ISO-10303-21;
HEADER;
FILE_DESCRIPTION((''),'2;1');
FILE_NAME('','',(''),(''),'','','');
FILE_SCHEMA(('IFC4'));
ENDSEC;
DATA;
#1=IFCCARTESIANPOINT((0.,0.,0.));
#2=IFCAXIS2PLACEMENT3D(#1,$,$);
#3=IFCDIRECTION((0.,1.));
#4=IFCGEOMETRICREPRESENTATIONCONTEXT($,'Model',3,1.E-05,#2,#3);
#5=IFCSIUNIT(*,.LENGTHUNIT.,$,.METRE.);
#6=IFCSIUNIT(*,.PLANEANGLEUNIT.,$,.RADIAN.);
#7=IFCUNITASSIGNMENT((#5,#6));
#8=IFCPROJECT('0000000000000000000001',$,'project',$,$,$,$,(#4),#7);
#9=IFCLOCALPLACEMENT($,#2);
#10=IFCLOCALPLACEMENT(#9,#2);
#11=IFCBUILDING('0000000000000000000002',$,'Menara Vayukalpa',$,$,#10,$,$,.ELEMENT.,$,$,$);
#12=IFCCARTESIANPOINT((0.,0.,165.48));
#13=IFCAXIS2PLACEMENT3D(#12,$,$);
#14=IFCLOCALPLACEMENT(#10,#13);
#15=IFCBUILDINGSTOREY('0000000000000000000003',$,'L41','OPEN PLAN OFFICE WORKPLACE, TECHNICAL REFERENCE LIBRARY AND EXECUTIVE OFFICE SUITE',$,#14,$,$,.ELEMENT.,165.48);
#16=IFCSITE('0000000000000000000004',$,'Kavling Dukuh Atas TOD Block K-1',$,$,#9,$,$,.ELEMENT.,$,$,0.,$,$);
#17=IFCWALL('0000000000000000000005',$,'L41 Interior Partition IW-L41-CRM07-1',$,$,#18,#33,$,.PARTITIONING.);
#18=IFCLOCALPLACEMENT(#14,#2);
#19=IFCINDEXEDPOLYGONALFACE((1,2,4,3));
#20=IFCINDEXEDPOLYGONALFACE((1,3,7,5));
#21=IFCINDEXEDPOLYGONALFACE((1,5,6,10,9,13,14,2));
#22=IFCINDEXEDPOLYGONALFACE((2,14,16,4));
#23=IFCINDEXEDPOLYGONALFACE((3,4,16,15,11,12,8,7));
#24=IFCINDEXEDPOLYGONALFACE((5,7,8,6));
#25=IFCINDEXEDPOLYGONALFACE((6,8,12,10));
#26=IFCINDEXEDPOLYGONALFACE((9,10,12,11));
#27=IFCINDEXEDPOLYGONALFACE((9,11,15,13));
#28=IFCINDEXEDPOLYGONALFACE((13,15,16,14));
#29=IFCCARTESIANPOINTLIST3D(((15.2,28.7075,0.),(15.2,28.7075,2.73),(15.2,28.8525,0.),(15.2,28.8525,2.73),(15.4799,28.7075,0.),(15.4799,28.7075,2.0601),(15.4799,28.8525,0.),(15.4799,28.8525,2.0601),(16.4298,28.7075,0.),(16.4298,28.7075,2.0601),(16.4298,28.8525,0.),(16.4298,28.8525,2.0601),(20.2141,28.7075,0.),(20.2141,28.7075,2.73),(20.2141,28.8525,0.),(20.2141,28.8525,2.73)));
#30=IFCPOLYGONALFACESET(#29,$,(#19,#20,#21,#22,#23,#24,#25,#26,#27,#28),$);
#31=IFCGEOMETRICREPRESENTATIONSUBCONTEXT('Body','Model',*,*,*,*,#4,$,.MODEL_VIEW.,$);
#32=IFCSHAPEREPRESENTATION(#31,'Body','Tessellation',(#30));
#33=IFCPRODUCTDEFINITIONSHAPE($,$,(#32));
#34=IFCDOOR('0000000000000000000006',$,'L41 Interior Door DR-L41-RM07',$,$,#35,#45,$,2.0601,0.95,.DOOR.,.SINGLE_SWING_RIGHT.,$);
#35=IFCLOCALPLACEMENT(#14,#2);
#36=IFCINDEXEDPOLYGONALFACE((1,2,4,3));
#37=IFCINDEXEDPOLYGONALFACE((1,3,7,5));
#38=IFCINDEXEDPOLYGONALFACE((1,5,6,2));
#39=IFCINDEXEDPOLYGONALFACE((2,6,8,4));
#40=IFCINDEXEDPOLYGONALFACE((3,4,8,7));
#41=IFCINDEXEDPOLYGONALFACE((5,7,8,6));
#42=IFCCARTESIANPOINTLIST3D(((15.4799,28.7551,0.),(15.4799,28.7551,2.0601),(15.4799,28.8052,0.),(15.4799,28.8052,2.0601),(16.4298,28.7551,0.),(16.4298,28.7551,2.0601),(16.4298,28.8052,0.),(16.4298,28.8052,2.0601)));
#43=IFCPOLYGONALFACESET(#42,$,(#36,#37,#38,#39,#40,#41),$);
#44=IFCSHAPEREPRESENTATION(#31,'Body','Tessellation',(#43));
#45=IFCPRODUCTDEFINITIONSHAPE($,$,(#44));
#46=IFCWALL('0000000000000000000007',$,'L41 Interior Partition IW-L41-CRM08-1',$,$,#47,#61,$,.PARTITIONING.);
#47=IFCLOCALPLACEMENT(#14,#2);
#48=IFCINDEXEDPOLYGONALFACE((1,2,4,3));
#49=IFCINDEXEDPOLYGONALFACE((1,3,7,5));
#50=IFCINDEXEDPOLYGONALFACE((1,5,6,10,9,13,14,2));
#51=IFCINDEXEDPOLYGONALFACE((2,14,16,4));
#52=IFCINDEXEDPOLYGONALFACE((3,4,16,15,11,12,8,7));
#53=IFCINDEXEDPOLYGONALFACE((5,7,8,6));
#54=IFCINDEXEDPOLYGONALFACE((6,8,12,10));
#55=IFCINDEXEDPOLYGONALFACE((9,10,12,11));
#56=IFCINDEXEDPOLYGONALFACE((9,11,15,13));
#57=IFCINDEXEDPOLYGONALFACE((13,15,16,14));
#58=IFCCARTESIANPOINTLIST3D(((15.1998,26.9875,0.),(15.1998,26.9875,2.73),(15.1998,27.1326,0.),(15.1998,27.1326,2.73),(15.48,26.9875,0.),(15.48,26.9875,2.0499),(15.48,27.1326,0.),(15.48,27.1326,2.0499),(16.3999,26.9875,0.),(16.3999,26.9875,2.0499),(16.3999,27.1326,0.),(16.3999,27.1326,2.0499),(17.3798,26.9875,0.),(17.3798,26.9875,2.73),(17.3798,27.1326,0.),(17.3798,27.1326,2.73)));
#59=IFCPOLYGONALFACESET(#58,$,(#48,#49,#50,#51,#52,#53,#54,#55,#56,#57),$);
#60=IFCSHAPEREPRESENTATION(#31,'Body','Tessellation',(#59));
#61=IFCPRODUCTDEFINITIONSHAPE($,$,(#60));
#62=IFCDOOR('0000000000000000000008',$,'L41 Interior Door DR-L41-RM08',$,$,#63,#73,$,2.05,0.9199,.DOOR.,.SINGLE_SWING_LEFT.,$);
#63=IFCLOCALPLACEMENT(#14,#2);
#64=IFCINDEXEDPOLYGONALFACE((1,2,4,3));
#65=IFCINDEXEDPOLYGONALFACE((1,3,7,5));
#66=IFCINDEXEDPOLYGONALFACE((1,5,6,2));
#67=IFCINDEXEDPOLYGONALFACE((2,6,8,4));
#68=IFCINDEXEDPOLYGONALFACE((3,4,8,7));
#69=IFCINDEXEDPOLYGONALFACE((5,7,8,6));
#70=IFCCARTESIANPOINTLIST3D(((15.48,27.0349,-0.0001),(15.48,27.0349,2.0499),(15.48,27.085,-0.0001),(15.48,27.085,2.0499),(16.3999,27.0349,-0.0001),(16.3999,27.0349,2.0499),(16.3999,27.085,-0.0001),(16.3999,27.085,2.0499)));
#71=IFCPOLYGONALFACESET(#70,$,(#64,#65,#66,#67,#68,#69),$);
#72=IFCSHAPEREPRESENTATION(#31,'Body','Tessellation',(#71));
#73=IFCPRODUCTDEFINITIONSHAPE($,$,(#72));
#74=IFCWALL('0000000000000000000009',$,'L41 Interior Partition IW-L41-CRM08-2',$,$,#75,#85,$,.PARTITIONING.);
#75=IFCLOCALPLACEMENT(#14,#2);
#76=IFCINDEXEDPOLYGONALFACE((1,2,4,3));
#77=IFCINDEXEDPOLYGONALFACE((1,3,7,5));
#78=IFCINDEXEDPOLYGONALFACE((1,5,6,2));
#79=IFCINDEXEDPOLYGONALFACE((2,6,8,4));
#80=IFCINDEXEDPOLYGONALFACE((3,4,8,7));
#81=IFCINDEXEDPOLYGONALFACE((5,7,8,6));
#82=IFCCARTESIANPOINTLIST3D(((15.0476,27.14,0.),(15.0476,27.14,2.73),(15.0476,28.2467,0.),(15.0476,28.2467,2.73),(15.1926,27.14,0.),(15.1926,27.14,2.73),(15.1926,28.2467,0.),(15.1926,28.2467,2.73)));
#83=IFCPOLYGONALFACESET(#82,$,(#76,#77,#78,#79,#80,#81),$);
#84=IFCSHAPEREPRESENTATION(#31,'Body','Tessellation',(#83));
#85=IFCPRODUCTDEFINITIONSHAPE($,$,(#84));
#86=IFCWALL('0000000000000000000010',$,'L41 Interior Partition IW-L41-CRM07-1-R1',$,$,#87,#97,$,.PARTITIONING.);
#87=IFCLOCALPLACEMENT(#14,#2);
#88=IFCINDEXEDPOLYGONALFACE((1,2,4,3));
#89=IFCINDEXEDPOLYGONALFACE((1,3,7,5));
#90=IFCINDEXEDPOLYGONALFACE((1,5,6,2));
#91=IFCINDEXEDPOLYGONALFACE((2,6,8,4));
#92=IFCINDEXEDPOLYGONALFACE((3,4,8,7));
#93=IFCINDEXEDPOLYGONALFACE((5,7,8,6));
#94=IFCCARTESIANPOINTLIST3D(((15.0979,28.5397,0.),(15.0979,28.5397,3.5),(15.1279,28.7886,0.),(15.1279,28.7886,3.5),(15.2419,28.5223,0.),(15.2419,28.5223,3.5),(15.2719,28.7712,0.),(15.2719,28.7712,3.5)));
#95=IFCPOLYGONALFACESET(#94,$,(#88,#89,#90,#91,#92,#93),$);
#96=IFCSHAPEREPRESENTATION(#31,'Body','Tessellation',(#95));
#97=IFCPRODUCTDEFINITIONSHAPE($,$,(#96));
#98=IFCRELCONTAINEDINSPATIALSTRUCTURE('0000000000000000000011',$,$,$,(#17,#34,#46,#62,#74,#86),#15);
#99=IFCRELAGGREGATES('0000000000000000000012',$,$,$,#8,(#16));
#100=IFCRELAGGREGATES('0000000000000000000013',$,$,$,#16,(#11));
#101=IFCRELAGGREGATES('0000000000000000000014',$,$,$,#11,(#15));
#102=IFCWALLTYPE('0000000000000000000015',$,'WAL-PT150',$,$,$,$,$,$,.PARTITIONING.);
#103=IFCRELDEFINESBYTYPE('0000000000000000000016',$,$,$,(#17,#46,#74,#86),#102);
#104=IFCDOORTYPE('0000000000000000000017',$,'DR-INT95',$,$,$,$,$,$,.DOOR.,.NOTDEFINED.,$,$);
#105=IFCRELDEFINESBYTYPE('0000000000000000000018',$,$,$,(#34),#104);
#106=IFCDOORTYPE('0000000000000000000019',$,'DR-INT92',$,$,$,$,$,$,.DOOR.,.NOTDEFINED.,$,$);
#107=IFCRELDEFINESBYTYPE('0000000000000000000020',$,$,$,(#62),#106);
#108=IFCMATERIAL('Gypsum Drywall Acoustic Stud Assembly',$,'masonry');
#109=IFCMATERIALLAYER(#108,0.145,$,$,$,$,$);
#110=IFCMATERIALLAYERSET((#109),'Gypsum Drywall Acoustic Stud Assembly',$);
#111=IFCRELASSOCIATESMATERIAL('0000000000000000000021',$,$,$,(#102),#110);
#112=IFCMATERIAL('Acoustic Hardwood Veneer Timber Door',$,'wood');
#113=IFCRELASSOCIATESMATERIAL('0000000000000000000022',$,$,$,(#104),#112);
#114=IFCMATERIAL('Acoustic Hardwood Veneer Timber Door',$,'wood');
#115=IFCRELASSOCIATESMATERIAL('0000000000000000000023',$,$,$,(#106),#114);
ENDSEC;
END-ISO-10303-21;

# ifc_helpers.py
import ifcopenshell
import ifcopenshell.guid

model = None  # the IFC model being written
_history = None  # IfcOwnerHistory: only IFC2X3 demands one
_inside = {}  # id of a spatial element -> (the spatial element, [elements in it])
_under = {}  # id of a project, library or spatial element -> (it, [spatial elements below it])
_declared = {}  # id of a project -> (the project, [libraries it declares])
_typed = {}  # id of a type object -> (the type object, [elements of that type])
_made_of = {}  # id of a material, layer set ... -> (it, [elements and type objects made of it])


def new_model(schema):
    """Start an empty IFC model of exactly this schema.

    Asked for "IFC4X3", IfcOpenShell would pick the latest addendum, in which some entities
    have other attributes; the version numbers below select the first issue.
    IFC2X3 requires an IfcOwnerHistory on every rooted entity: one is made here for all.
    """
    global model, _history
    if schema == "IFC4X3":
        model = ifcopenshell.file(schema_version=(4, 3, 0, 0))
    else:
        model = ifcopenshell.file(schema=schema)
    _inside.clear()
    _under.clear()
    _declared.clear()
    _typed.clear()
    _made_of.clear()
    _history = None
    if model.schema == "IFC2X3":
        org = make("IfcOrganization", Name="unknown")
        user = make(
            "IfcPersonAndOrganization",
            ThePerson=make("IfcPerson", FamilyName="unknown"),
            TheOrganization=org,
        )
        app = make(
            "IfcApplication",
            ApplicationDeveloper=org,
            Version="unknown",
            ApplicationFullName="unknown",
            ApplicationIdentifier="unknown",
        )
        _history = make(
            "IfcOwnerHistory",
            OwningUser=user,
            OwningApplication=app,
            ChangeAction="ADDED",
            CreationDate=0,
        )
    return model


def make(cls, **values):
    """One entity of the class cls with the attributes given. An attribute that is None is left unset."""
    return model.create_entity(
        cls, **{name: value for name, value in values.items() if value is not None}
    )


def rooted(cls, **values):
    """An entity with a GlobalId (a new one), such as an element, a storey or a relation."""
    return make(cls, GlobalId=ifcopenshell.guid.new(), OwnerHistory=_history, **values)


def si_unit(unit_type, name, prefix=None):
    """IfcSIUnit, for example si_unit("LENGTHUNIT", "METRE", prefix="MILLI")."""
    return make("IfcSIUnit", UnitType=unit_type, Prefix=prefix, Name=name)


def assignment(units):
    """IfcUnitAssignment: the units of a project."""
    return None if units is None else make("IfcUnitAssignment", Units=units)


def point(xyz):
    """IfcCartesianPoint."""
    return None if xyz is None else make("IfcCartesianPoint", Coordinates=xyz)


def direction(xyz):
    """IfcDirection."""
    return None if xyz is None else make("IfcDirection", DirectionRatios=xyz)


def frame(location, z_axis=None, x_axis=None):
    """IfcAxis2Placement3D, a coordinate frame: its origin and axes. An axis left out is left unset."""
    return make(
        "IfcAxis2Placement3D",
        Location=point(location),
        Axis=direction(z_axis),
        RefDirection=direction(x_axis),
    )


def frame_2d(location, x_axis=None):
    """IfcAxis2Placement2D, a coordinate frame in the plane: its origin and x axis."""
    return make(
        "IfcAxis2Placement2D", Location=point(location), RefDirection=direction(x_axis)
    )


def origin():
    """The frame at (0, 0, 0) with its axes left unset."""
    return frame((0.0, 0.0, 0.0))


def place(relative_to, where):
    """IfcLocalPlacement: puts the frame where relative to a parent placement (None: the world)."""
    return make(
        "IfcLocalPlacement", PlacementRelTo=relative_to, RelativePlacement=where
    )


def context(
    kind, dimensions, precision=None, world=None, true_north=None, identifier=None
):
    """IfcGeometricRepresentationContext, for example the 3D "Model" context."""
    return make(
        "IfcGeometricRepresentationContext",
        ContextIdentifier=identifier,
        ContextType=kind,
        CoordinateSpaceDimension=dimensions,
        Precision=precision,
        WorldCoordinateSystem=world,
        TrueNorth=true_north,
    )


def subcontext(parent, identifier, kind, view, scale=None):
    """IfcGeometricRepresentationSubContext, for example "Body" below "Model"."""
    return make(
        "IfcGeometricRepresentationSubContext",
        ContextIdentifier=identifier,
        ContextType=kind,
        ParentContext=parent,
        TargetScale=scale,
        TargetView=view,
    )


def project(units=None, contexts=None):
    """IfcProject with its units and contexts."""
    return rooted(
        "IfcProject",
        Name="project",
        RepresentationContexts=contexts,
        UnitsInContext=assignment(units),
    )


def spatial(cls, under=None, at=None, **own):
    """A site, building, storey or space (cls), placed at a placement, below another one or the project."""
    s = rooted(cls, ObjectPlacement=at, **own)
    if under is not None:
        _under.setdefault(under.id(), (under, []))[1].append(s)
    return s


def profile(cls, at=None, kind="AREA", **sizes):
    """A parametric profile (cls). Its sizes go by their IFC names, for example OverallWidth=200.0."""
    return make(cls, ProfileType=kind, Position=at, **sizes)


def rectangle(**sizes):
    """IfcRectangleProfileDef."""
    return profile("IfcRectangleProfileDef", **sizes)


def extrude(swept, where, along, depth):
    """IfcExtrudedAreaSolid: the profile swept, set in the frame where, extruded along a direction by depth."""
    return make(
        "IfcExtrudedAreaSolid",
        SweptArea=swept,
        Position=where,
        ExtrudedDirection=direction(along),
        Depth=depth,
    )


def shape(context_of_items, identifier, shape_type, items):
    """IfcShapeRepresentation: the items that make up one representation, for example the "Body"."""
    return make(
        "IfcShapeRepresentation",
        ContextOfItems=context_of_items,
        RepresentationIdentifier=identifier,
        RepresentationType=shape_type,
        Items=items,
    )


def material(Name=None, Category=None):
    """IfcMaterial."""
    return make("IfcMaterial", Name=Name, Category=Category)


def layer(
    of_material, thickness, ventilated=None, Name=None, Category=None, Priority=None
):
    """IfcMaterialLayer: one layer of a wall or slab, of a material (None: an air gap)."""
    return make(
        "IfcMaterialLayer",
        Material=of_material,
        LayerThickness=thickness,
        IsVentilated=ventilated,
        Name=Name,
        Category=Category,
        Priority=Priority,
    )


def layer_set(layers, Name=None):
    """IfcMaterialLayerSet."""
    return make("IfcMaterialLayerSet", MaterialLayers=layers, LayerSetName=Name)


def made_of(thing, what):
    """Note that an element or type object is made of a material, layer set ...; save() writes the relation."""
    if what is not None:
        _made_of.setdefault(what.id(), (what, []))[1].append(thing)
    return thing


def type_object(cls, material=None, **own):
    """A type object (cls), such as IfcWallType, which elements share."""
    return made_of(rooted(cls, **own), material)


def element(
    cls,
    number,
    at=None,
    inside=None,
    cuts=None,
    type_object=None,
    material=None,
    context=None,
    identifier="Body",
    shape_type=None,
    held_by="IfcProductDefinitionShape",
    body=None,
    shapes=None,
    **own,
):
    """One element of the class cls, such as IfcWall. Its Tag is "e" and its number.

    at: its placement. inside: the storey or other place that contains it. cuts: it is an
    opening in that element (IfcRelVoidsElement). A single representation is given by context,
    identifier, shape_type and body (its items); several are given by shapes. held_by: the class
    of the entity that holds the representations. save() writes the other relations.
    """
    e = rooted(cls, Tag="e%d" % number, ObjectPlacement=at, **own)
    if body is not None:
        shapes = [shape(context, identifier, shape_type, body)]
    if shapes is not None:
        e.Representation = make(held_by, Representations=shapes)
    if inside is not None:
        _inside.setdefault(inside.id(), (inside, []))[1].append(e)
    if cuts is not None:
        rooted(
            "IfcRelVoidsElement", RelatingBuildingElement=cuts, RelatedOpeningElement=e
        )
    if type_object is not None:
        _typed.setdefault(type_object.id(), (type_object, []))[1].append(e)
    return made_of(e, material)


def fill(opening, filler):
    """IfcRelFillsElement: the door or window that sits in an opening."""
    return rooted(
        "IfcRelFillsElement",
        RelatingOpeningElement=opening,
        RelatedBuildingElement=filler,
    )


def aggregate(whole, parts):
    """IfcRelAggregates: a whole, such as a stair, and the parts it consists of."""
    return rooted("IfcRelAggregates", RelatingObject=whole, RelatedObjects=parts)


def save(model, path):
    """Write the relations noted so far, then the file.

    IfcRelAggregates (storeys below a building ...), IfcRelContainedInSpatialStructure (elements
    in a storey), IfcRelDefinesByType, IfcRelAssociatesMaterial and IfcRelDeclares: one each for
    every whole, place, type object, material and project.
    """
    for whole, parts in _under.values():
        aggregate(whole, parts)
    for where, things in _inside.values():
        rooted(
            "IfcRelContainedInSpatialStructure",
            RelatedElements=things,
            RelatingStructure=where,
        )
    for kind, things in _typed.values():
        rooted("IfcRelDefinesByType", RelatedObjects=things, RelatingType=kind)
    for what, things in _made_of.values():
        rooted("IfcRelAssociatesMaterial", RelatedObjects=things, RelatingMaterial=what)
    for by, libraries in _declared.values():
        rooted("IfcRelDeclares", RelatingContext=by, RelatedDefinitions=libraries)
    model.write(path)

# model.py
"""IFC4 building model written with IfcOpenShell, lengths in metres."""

from ifc_helpers import new_model, si_unit, direction, frame, frame_2d, origin, place, context, subcontext, project, spatial, rectangle, extrude, material, layer, layer_set, type_object, element, fill, save


model = new_model("IFC4")

# Units and contexts
model_context = context("Model", 3, precision=1e-05, world=origin(), true_north=direction((0.0, 1.0)))
body_context = subcontext(model_context, "Body", "Model", "MODEL_VIEW")
ifc_project = project(units=[si_unit("LENGTHUNIT", "METRE"), si_unit("PLANEANGLEUNIT", "RADIAN")], contexts=[model_context])

# Site, building, storey
site_placement = place(None, origin())
site = spatial("IfcSite", under=ifc_project, at=site_placement, Name="Kavling Dukuh Atas TOD Block K-1", CompositionType="ELEMENT", RefElevation=0.0)
building_placement = place(site_placement, origin())
building = spatial("IfcBuilding", under=site, at=building_placement, Name="Menara Vayukalpa", CompositionType="ELEMENT")
storey_placement = place(building_placement, frame((0.0, 0.0, 165.48)))
storey = spatial("IfcBuildingStorey", under=building, at=storey_placement, Name="L41", Description="OPEN PLAN OFFICE WORKPLACE, TECHNICAL REFERENCE LIBRARY AND EXECUTIVE OFFICE SUITE", CompositionType="ELEMENT", Elevation=165.48)

# Walls, openings, doors
ifc_material_1 = material(Name="Gypsum Drywall Acoustic Stud Assembly", Category="masonry")
ifc_layer_1 = layer(ifc_material_1, 0.145)
ifc_layer_set_1 = layer_set([ifc_layer_1], Name="Gypsum Drywall Acoustic Stud Assembly")
wall_type_1 = type_object("IfcWallType", Name="WAL-PT150", PredefinedType="PARTITIONING", material=ifc_layer_set_1)
wall_1_placement = place(storey_placement, frame((20.2141, 28.78, 0.0), z_axis=(0.0, 0.0, 1.0), x_axis=(-1.0, 0.0, 0.0)))
wall_1 = element("IfcWall", 1, at=wall_1_placement, inside=storey, type_object=wall_type_1, Name="L41 Interior Partition IW-L41-CRM07-1", PredefinedType="PARTITIONING", context=body_context, shape_type="SweptSolid", body=[
    extrude(rectangle(XDim=5.0142, YDim=0.145, at=frame_2d((2.5071, 0.0))), origin(), (0.0, 0.0, 1.0), 2.73),
])
opening_1_placement = place(wall_1_placement, frame((3.7842, 0.0, 0.0)))
opening_1 = element("IfcOpeningElement", 2, at=opening_1_placement, cuts=wall_1, PredefinedType="OPENING", context=body_context, shape_type="SweptSolid", body=[
    extrude(rectangle(XDim=0.95, YDim=2.0601, at=frame_2d((0.4751, 1.03))), frame((0.0, 0.0825, 0.0), z_axis=(0.0, -1.0, 0.0), x_axis=(1.0, 0.0, 0.0)), (0.0, 0.0, 1.0), 0.165),
])
ifc_material_2 = material(Name="Acoustic Hardwood Veneer Timber Door", Category="wood")
door_type_1 = type_object("IfcDoorType", Name="DR-INT95", OperationType="NOTDEFINED", PredefinedType="DOOR", material=ifc_material_2)
door_1_placement = place(opening_1_placement, origin())
door_1 = element("IfcDoor", 3, at=door_1_placement, inside=storey, type_object=door_type_1, Name="L41 Interior Door DR-L41-RM07", OperationType="SINGLE_SWING_RIGHT", OverallHeight=2.0601, OverallWidth=0.95, PredefinedType="DOOR", context=body_context, shape_type="SweptSolid", body=[
    extrude(rectangle(XDim=0.95, YDim=2.0601, at=frame_2d((0.4751, 1.03))), frame((0.0, 0.0249, 0.0), z_axis=(0.0, -1.0, 0.0), x_axis=(1.0, 0.0, 0.0)), (0.0, 0.0, 1.0), 0.05),
])
fill(opening_1, door_1)
wall_2_placement = place(storey_placement, frame((15.2, 27.0601, 0.0), z_axis=(0.0, 0.0, 1.0), x_axis=(1.0, 0.0, 0.0)))
wall_2 = element("IfcWall", 4, at=wall_2_placement, inside=storey, type_object=wall_type_1, Name="L41 Interior Partition IW-L41-CRM08-1", PredefinedType="PARTITIONING", context=body_context, shape_type="SweptSolid", body=[
    extrude(rectangle(XDim=2.1799, YDim=0.145, at=frame_2d((1.0898, 0.0))), origin(), (0.0, 0.0, 1.0), 2.73),
])
opening_2_placement = place(wall_2_placement, frame((0.28, 0.0, 0.0)))
opening_2 = element("IfcOpeningElement", 5, at=opening_2_placement, cuts=wall_2, PredefinedType="OPENING", context=body_context, shape_type="SweptSolid", body=[
    extrude(rectangle(XDim=0.9199, YDim=2.05, at=frame_2d((0.46, 1.0249))), frame((0.0, 0.0825, 0.0), z_axis=(0.0, -1.0, 0.0), x_axis=(1.0, 0.0, 0.0)), (0.0, 0.0, 1.0), 0.165),
])
ifc_material_3 = material(Name="Acoustic Hardwood Veneer Timber Door", Category="wood")
door_type_2 = type_object("IfcDoorType", Name="DR-INT92", OperationType="NOTDEFINED", PredefinedType="DOOR", material=ifc_material_3)
door_2_placement = place(opening_2_placement, origin())
door_2 = element("IfcDoor", 6, at=door_2_placement, inside=storey, type_object=door_type_2, Name="L41 Interior Door DR-L41-RM08", OperationType="SINGLE_SWING_LEFT", OverallHeight=2.05, OverallWidth=0.9199, PredefinedType="DOOR", context=body_context, shape_type="SweptSolid", body=[
    extrude(rectangle(XDim=0.9199, YDim=2.05, at=frame_2d((0.46, 1.0249))), frame((0.0, 0.0249, 0.0), z_axis=(0.0, -1.0, 0.0), x_axis=(1.0, 0.0, 0.0)), (0.0, 0.0, 1.0), 0.05),
])
fill(opening_2, door_2)

# Walls
wall_3_placement = place(storey_placement, frame((15.1201, 28.2466, 0.0), z_axis=(0.0, 0.0, 1.0), x_axis=(0.0, -1.0, 0.0)))
element("IfcWall", 7, at=wall_3_placement, inside=storey, type_object=wall_type_1, Name="L41 Interior Partition IW-L41-CRM08-2", PredefinedType="PARTITIONING", context=body_context, shape_type="SweptSolid", body=[
    extrude(rectangle(XDim=1.1067, YDim=0.145, at=frame_2d((0.5532, 0.0))), origin(), (0.0, 0.0, 1.0), 2.73),
])
wall_4_placement = place(storey_placement, frame((15.2, 28.78, 0.0), z_axis=(0.0, 0.0, 1.0), x_axis=(-0.119721, -0.992808, 0.0)))
element("IfcWall", 8, at=wall_4_placement, inside=storey, type_object=wall_type_1, Name="L41 Interior Partition IW-L41-CRM07-1-R1", PredefinedType="PARTITIONING", context=body_context, shape_type="SweptSolid", body=[
    extrude(rectangle(XDim=0.2507, YDim=0.145, at=frame_2d((0.1255, 0.0))), origin(), (0.0, 0.0, 1.0), 3.5),
])

save(model, "model.ifc")
